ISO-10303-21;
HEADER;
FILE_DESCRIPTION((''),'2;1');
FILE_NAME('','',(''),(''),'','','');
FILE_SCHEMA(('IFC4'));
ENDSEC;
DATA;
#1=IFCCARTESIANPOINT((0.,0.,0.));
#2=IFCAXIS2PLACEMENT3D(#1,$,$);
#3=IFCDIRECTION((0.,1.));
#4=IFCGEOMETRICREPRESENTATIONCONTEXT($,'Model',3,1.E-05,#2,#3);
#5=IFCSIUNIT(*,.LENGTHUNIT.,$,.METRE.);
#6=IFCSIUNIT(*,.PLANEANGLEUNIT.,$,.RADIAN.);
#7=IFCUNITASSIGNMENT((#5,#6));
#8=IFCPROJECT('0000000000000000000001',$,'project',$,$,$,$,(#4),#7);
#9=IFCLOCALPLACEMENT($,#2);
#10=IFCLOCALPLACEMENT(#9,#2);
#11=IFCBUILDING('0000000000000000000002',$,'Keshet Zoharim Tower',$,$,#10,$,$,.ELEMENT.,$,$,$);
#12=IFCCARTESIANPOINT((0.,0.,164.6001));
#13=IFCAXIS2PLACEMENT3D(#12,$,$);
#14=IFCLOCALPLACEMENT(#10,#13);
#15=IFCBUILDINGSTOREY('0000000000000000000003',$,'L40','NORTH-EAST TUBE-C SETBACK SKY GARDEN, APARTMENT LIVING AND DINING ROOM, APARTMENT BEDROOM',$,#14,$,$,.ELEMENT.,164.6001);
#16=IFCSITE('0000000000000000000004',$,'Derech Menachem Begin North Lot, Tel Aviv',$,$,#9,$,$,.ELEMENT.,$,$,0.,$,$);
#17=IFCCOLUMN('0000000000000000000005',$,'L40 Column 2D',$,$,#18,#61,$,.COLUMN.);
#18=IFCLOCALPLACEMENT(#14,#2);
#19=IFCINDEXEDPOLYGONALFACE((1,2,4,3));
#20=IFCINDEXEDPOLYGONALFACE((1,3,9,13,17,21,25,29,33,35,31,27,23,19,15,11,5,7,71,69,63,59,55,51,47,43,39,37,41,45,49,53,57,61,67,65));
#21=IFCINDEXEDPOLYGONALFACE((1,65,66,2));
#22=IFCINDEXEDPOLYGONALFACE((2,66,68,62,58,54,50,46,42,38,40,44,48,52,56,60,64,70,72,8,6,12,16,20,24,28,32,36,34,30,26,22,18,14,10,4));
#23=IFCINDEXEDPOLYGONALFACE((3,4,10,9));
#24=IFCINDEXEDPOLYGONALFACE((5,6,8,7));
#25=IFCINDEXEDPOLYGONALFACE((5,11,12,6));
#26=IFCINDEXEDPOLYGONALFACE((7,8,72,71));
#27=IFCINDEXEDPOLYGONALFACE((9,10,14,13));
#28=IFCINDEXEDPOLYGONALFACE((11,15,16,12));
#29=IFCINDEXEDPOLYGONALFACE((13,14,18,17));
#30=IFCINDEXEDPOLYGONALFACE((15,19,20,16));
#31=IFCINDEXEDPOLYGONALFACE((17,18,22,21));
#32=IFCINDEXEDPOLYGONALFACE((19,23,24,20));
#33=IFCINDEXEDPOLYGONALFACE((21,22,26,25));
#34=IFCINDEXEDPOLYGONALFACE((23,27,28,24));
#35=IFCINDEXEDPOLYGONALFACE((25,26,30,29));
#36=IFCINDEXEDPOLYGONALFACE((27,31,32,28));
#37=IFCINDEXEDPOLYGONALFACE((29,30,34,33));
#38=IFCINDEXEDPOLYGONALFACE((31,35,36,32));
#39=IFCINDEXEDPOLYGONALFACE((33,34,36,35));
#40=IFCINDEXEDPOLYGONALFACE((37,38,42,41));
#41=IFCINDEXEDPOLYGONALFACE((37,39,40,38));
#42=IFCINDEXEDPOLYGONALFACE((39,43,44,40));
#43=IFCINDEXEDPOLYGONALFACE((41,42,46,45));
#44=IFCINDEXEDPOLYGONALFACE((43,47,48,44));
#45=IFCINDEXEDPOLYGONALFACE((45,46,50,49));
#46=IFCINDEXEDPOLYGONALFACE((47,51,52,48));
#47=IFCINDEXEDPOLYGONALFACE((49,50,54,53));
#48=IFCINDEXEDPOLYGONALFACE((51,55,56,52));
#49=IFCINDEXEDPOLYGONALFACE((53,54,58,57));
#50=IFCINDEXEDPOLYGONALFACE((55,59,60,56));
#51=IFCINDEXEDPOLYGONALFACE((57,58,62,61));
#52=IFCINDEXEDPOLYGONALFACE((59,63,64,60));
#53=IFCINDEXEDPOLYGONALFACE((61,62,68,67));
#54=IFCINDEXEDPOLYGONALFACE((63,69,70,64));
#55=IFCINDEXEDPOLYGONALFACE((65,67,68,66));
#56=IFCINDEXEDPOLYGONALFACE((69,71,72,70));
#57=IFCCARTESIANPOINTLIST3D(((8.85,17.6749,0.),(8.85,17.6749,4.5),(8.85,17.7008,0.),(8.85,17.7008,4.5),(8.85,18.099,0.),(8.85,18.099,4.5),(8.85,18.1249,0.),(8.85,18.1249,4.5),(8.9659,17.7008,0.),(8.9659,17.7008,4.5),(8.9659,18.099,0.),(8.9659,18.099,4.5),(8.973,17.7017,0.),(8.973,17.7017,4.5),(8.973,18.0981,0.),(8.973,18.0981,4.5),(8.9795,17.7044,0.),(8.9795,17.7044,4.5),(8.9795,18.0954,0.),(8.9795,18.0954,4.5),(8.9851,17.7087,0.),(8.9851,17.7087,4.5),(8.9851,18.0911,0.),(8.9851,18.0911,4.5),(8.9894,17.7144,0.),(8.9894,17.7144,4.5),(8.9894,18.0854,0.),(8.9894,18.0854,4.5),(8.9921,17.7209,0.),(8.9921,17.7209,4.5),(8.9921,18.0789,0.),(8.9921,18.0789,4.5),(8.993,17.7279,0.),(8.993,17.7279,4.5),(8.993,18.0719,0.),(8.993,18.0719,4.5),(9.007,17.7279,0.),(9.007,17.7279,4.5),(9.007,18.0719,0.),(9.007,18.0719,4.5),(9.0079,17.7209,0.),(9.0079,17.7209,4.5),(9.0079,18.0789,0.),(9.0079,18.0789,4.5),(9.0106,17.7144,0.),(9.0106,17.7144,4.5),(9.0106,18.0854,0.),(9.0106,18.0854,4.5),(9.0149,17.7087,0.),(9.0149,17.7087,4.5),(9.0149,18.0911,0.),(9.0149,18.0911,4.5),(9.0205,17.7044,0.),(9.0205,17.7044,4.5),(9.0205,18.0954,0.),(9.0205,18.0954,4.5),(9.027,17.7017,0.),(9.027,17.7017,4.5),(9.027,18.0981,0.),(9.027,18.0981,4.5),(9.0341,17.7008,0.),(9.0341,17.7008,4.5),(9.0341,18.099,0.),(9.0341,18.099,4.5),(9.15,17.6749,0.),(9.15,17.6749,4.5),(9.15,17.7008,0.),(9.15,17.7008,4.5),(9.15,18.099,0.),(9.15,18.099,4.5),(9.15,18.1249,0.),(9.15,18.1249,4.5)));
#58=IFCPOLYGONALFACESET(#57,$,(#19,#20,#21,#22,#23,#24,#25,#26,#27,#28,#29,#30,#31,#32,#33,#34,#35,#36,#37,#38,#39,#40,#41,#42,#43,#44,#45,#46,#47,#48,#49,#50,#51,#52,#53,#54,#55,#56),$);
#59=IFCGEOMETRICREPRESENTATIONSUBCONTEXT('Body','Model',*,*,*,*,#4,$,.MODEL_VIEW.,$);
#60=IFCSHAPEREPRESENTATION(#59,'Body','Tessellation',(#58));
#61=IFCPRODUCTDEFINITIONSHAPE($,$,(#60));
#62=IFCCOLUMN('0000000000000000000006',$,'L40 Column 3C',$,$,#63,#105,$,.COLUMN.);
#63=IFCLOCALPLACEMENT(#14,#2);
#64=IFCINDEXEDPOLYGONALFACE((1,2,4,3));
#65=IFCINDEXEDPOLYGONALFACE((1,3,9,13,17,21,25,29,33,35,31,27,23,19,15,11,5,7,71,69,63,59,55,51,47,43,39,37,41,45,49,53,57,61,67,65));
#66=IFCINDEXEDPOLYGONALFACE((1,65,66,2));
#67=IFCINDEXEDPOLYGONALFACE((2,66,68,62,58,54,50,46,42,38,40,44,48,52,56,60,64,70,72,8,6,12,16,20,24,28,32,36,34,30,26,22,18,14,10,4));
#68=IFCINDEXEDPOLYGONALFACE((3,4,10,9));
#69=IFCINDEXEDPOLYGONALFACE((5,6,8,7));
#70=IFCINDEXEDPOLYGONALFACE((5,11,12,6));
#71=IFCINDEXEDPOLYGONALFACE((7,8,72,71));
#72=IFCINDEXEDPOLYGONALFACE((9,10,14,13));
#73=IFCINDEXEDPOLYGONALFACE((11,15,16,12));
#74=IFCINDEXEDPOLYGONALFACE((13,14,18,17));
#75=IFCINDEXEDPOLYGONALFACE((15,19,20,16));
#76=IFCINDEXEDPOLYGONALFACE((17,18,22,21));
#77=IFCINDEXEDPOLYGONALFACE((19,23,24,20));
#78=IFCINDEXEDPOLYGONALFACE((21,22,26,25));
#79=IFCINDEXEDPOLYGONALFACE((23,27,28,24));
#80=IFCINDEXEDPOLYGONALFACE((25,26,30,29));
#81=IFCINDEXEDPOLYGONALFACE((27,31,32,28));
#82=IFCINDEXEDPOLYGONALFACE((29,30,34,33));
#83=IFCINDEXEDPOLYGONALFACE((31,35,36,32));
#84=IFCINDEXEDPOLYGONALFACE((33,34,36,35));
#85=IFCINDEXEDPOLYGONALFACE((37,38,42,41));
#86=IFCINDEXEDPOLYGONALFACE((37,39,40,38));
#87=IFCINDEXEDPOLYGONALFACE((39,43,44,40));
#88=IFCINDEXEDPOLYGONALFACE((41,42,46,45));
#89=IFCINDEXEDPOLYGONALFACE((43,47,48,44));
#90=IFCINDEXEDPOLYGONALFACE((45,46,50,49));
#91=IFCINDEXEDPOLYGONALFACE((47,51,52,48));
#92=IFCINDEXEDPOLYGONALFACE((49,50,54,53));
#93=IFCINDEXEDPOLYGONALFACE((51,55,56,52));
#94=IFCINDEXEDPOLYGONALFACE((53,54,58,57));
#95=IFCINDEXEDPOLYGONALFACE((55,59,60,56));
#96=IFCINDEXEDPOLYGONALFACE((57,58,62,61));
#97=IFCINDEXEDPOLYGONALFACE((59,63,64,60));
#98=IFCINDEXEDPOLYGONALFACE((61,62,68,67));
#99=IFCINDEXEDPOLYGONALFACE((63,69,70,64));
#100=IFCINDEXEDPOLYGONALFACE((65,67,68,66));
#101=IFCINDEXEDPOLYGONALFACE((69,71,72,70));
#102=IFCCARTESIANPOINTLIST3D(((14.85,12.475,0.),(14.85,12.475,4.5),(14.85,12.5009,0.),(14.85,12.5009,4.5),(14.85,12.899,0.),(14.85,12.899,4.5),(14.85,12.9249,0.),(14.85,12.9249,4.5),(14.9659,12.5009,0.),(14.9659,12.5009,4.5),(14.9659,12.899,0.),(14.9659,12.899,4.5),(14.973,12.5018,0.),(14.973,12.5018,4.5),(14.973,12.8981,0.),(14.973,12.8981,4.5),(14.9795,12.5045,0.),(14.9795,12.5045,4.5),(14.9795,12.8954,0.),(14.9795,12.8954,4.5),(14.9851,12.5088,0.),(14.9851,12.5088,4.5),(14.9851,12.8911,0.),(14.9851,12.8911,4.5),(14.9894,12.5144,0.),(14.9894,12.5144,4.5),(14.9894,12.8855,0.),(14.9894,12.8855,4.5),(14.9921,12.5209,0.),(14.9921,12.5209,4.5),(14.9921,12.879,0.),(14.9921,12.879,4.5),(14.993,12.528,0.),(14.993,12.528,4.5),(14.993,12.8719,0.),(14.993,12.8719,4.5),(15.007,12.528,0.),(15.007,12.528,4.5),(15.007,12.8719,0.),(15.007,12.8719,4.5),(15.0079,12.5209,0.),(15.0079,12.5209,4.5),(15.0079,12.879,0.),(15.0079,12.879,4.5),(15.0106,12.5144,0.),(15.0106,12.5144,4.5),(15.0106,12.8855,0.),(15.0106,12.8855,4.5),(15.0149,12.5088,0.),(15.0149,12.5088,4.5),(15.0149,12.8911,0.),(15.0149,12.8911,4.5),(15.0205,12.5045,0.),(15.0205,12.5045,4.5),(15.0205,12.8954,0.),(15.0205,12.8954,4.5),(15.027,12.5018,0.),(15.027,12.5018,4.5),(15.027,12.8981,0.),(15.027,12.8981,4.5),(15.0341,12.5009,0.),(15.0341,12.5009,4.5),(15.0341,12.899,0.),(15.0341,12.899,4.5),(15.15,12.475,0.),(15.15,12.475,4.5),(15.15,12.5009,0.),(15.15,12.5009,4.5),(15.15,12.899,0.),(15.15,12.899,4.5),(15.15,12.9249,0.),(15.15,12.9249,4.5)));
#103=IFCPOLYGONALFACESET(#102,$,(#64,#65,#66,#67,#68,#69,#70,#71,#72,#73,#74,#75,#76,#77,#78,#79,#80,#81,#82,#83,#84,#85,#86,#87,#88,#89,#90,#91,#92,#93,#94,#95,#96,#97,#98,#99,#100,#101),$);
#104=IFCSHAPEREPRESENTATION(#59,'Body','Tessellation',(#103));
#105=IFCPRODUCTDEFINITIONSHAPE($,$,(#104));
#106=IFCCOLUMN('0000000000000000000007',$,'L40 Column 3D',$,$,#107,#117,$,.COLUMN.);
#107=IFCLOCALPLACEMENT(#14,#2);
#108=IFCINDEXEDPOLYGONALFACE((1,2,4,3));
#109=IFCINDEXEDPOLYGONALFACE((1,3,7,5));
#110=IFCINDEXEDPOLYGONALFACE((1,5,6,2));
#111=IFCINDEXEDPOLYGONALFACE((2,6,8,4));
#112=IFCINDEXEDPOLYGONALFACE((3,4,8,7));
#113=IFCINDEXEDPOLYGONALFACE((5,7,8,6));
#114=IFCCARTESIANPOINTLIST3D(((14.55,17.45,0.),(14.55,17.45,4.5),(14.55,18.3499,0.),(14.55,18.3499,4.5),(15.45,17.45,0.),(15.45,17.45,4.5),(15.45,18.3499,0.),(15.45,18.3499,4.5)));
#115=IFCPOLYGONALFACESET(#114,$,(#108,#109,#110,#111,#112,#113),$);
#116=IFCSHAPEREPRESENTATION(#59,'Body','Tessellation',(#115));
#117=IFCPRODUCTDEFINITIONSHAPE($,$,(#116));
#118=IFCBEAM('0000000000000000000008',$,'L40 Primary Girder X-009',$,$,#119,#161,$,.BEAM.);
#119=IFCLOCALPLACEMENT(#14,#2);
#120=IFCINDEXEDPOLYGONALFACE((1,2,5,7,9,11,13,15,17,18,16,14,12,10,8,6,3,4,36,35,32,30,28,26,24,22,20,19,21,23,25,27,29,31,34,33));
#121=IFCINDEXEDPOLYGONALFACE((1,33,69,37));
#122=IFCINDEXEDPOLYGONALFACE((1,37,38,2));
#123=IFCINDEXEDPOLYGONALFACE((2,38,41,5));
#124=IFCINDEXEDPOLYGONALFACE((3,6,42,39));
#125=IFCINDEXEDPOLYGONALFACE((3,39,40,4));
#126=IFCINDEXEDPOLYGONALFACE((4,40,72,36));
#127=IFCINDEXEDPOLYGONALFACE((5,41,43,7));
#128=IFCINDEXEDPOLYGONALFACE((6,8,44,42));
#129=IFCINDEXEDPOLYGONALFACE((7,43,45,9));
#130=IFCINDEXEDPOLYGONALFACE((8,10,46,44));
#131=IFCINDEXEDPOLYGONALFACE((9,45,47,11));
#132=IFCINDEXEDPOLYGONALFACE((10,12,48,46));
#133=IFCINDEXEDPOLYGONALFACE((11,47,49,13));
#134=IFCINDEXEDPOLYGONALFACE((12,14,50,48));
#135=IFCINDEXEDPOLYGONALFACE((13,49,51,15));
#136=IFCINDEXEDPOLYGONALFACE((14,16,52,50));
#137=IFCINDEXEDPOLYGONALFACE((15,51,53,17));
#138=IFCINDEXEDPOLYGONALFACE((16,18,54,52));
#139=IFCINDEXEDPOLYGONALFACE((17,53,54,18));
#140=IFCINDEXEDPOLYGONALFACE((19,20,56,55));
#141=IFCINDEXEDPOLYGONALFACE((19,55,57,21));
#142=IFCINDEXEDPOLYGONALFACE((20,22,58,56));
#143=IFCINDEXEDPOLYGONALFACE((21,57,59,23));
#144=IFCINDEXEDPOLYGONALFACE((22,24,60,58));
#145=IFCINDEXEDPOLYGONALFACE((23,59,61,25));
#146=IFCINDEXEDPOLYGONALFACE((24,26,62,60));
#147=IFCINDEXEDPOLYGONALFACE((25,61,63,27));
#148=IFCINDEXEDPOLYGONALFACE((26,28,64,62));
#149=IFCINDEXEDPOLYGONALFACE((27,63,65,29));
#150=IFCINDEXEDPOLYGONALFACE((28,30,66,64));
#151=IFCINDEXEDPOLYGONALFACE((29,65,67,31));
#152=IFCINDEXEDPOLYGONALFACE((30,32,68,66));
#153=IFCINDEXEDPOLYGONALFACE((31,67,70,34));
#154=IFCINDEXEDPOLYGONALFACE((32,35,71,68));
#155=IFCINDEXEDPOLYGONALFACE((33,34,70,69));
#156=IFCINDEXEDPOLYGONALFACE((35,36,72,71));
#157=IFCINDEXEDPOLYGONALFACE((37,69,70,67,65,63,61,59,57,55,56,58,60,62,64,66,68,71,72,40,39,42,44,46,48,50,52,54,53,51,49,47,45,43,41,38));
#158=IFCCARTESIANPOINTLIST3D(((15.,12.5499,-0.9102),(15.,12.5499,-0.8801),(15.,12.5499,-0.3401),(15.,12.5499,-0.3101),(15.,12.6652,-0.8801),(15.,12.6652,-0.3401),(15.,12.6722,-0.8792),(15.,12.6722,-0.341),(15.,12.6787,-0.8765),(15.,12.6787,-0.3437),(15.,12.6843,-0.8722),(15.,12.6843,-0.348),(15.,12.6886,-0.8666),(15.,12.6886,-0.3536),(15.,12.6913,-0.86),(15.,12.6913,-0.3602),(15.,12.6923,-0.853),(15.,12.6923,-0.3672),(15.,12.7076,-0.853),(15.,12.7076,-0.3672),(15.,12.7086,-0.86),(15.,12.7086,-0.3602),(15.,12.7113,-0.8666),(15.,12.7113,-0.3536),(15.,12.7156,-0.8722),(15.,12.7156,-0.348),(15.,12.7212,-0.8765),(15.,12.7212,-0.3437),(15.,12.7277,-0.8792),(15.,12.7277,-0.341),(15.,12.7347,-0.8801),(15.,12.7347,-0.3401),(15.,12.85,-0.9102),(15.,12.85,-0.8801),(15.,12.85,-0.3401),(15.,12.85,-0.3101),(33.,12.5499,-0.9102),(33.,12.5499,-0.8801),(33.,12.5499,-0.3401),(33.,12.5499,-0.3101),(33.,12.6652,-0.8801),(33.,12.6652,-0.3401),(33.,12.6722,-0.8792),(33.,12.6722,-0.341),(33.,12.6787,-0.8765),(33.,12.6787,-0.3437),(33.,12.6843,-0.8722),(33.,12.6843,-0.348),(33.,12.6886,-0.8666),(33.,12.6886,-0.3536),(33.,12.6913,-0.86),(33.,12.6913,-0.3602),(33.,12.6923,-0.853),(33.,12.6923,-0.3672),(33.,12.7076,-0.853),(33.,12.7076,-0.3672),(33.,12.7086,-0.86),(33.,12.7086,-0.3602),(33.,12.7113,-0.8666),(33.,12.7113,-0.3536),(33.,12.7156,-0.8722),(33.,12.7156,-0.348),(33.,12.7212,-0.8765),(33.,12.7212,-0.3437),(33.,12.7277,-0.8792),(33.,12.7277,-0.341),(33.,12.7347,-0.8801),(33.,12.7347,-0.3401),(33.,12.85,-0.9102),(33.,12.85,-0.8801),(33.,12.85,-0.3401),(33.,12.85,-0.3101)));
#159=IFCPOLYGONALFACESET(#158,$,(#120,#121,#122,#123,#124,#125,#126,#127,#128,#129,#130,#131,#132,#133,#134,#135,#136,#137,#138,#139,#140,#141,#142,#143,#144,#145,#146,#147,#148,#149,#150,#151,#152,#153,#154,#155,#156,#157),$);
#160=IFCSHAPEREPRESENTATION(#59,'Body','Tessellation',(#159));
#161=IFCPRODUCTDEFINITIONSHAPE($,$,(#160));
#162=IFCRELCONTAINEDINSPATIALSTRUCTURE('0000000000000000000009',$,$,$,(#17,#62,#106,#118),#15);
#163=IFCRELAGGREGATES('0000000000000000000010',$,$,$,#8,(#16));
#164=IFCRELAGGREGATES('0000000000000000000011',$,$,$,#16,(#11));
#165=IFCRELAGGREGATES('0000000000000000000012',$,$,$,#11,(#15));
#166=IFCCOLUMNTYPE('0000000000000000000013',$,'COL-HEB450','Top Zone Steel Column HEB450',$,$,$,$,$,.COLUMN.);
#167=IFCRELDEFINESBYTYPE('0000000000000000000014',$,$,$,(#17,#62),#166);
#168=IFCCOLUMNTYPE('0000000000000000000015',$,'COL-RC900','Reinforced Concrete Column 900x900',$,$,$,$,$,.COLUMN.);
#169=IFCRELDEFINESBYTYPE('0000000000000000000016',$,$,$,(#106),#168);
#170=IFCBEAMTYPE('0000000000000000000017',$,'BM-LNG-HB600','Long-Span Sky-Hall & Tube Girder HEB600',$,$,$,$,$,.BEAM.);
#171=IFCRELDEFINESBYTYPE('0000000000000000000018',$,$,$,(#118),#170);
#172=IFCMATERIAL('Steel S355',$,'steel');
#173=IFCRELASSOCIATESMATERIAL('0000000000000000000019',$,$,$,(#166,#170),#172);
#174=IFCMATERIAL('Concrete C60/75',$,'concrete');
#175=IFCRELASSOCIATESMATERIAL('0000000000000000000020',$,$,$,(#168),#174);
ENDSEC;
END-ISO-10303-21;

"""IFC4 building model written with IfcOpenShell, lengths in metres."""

from ifc_helpers import new_model, si_unit, direction, frame, origin, origin_2d, place, context, subcontext, project, spatial, rectangle, i_section, extrude, material, material_profile, profile_set, type_object, element, save


model = new_model("IFC4")

# Units and contexts
model_context = context("Model", 3, precision=1e-05, world=origin(), true_north=direction((0.0, 1.0)))
body_context = subcontext(model_context, "Body", "Model", "MODEL_VIEW")
ifc_project = project(units=[si_unit("LENGTHUNIT", "METRE"), si_unit("PLANEANGLEUNIT", "RADIAN")], contexts=[model_context])

# Site, building, storey
site_placement = place(None, origin())
site = spatial("IfcSite", under=ifc_project, at=site_placement, Name="Derech Menachem Begin North Lot, Tel Aviv", CompositionType="ELEMENT", RefElevation=0.0)
building_placement = place(site_placement, origin())
building = spatial("IfcBuilding", under=site, at=building_placement, Name="Keshet Zoharim Tower", CompositionType="ELEMENT")
storey_placement = place(building_placement, frame((0.0, 0.0, 164.6001)))
storey = spatial("IfcBuildingStorey", under=building, at=storey_placement, Name="L40", Description="NORTH-EAST TUBE-C SETBACK SKY GARDEN, APARTMENT LIVING AND DINING ROOM, APARTMENT BEDROOM", CompositionType="ELEMENT", Elevation=164.6001)

# Columns
ifc_material_1 = material(Name="Steel S355", Category="steel")
ifc_material_profile_1 = material_profile(ifc_material_1, i_section(OverallWidth=0.3, OverallDepth=0.45, WebThickness=0.0139, FlangeThickness=0.0259, FilletRadius=0.0271, at=origin_2d()), Name="HEB450")
ifc_profile_set_1 = profile_set([ifc_material_profile_1], Name="Steel S355")
column_type_1 = type_object("IfcColumnType", Name="COL-HEB450", Description="Top Zone Steel Column HEB450", PredefinedType="COLUMN", material=ifc_profile_set_1)
for number, where, z_axis, x_axis, name in (
    (1, (9.0, 17.8999, 0.0), (0.0, 0.0, 1.0), (1.0, 0.0, 0.0), "L40 Column 2D"),
    (2, (15.0, 12.7, 0.0), (0.0, 0.0, 1.0), (1.0, 0.0, 0.0), "L40 Column 3C"),
):
    element("IfcColumn", number, at=place(storey_placement, frame(where, z_axis=z_axis, x_axis=x_axis)), inside=storey, type_object=column_type_1, Name=name, PredefinedType="COLUMN", context=body_context, shape_type="SweptSolid", body=[
        extrude(i_section(OverallWidth=0.3, OverallDepth=0.45, WebThickness=0.0139, FlangeThickness=0.0259, FilletRadius=0.0271, at=origin_2d()), origin(), (0.0, 0.0, 1.0), 4.5),
    ])
ifc_material_2 = material(Name="Concrete C60/75", Category="concrete")
ifc_material_profile_2 = material_profile(ifc_material_2, rectangle(XDim=0.8999, YDim=0.8999, at=origin_2d()), Name="RC900x900")
ifc_profile_set_2 = profile_set([ifc_material_profile_2], Name="Concrete C60/75")
column_type_2 = type_object("IfcColumnType", Name="COL-RC900", Description="Reinforced Concrete Column 900x900", PredefinedType="COLUMN", material=ifc_profile_set_2)
column_placement = place(storey_placement, frame((15.0, 17.8999, 0.0), z_axis=(0.0, 0.0, 1.0), x_axis=(1.0, 0.0, 0.0)))
element("IfcColumn", 3, at=column_placement, inside=storey, type_object=column_type_2, Name="L40 Column 3D", PredefinedType="COLUMN", context=body_context, shape_type="SweptSolid", body=[
    extrude(rectangle(XDim=0.8999, YDim=0.8999, at=origin_2d()), origin(), (0.0, 0.0, 1.0), 4.5),
])

# Beam
ifc_material_profile_3 = material_profile(ifc_material_1, i_section(OverallWidth=0.3, OverallDepth=0.6001, WebThickness=0.0154, FlangeThickness=0.03, FilletRadius=0.0271, at=origin_2d()), Name="HEB600")
ifc_profile_set_3 = profile_set([ifc_material_profile_3], Name="Steel S355")
beam_type_1 = type_object("IfcBeamType", Name="BM-LNG-HB600", Description="Long-Span Sky-Hall & Tube Girder HEB600", PredefinedType="BEAM", material=ifc_profile_set_3)
for number, where, z_axis, x_axis, name in (
    (4, (15.0, 12.7, -0.6101), (1.0, 0.0, 0.0), (0.0, 1.0, 0.0), "L40 Primary Girder X-009"),
):
    element("IfcBeam", number, at=place(storey_placement, frame(where, z_axis=z_axis, x_axis=x_axis)), inside=storey, type_object=beam_type_1, Name=name, PredefinedType="BEAM", context=body_context, shape_type="SweptSolid", body=[
        extrude(i_section(OverallWidth=0.3, OverallDepth=0.6001, WebThickness=0.0154, FlangeThickness=0.03, FilletRadius=0.0271, at=origin_2d()), origin(), (0.0, 0.0, 1.0), 18.0),
    ])

save(model, "model.ifc")
